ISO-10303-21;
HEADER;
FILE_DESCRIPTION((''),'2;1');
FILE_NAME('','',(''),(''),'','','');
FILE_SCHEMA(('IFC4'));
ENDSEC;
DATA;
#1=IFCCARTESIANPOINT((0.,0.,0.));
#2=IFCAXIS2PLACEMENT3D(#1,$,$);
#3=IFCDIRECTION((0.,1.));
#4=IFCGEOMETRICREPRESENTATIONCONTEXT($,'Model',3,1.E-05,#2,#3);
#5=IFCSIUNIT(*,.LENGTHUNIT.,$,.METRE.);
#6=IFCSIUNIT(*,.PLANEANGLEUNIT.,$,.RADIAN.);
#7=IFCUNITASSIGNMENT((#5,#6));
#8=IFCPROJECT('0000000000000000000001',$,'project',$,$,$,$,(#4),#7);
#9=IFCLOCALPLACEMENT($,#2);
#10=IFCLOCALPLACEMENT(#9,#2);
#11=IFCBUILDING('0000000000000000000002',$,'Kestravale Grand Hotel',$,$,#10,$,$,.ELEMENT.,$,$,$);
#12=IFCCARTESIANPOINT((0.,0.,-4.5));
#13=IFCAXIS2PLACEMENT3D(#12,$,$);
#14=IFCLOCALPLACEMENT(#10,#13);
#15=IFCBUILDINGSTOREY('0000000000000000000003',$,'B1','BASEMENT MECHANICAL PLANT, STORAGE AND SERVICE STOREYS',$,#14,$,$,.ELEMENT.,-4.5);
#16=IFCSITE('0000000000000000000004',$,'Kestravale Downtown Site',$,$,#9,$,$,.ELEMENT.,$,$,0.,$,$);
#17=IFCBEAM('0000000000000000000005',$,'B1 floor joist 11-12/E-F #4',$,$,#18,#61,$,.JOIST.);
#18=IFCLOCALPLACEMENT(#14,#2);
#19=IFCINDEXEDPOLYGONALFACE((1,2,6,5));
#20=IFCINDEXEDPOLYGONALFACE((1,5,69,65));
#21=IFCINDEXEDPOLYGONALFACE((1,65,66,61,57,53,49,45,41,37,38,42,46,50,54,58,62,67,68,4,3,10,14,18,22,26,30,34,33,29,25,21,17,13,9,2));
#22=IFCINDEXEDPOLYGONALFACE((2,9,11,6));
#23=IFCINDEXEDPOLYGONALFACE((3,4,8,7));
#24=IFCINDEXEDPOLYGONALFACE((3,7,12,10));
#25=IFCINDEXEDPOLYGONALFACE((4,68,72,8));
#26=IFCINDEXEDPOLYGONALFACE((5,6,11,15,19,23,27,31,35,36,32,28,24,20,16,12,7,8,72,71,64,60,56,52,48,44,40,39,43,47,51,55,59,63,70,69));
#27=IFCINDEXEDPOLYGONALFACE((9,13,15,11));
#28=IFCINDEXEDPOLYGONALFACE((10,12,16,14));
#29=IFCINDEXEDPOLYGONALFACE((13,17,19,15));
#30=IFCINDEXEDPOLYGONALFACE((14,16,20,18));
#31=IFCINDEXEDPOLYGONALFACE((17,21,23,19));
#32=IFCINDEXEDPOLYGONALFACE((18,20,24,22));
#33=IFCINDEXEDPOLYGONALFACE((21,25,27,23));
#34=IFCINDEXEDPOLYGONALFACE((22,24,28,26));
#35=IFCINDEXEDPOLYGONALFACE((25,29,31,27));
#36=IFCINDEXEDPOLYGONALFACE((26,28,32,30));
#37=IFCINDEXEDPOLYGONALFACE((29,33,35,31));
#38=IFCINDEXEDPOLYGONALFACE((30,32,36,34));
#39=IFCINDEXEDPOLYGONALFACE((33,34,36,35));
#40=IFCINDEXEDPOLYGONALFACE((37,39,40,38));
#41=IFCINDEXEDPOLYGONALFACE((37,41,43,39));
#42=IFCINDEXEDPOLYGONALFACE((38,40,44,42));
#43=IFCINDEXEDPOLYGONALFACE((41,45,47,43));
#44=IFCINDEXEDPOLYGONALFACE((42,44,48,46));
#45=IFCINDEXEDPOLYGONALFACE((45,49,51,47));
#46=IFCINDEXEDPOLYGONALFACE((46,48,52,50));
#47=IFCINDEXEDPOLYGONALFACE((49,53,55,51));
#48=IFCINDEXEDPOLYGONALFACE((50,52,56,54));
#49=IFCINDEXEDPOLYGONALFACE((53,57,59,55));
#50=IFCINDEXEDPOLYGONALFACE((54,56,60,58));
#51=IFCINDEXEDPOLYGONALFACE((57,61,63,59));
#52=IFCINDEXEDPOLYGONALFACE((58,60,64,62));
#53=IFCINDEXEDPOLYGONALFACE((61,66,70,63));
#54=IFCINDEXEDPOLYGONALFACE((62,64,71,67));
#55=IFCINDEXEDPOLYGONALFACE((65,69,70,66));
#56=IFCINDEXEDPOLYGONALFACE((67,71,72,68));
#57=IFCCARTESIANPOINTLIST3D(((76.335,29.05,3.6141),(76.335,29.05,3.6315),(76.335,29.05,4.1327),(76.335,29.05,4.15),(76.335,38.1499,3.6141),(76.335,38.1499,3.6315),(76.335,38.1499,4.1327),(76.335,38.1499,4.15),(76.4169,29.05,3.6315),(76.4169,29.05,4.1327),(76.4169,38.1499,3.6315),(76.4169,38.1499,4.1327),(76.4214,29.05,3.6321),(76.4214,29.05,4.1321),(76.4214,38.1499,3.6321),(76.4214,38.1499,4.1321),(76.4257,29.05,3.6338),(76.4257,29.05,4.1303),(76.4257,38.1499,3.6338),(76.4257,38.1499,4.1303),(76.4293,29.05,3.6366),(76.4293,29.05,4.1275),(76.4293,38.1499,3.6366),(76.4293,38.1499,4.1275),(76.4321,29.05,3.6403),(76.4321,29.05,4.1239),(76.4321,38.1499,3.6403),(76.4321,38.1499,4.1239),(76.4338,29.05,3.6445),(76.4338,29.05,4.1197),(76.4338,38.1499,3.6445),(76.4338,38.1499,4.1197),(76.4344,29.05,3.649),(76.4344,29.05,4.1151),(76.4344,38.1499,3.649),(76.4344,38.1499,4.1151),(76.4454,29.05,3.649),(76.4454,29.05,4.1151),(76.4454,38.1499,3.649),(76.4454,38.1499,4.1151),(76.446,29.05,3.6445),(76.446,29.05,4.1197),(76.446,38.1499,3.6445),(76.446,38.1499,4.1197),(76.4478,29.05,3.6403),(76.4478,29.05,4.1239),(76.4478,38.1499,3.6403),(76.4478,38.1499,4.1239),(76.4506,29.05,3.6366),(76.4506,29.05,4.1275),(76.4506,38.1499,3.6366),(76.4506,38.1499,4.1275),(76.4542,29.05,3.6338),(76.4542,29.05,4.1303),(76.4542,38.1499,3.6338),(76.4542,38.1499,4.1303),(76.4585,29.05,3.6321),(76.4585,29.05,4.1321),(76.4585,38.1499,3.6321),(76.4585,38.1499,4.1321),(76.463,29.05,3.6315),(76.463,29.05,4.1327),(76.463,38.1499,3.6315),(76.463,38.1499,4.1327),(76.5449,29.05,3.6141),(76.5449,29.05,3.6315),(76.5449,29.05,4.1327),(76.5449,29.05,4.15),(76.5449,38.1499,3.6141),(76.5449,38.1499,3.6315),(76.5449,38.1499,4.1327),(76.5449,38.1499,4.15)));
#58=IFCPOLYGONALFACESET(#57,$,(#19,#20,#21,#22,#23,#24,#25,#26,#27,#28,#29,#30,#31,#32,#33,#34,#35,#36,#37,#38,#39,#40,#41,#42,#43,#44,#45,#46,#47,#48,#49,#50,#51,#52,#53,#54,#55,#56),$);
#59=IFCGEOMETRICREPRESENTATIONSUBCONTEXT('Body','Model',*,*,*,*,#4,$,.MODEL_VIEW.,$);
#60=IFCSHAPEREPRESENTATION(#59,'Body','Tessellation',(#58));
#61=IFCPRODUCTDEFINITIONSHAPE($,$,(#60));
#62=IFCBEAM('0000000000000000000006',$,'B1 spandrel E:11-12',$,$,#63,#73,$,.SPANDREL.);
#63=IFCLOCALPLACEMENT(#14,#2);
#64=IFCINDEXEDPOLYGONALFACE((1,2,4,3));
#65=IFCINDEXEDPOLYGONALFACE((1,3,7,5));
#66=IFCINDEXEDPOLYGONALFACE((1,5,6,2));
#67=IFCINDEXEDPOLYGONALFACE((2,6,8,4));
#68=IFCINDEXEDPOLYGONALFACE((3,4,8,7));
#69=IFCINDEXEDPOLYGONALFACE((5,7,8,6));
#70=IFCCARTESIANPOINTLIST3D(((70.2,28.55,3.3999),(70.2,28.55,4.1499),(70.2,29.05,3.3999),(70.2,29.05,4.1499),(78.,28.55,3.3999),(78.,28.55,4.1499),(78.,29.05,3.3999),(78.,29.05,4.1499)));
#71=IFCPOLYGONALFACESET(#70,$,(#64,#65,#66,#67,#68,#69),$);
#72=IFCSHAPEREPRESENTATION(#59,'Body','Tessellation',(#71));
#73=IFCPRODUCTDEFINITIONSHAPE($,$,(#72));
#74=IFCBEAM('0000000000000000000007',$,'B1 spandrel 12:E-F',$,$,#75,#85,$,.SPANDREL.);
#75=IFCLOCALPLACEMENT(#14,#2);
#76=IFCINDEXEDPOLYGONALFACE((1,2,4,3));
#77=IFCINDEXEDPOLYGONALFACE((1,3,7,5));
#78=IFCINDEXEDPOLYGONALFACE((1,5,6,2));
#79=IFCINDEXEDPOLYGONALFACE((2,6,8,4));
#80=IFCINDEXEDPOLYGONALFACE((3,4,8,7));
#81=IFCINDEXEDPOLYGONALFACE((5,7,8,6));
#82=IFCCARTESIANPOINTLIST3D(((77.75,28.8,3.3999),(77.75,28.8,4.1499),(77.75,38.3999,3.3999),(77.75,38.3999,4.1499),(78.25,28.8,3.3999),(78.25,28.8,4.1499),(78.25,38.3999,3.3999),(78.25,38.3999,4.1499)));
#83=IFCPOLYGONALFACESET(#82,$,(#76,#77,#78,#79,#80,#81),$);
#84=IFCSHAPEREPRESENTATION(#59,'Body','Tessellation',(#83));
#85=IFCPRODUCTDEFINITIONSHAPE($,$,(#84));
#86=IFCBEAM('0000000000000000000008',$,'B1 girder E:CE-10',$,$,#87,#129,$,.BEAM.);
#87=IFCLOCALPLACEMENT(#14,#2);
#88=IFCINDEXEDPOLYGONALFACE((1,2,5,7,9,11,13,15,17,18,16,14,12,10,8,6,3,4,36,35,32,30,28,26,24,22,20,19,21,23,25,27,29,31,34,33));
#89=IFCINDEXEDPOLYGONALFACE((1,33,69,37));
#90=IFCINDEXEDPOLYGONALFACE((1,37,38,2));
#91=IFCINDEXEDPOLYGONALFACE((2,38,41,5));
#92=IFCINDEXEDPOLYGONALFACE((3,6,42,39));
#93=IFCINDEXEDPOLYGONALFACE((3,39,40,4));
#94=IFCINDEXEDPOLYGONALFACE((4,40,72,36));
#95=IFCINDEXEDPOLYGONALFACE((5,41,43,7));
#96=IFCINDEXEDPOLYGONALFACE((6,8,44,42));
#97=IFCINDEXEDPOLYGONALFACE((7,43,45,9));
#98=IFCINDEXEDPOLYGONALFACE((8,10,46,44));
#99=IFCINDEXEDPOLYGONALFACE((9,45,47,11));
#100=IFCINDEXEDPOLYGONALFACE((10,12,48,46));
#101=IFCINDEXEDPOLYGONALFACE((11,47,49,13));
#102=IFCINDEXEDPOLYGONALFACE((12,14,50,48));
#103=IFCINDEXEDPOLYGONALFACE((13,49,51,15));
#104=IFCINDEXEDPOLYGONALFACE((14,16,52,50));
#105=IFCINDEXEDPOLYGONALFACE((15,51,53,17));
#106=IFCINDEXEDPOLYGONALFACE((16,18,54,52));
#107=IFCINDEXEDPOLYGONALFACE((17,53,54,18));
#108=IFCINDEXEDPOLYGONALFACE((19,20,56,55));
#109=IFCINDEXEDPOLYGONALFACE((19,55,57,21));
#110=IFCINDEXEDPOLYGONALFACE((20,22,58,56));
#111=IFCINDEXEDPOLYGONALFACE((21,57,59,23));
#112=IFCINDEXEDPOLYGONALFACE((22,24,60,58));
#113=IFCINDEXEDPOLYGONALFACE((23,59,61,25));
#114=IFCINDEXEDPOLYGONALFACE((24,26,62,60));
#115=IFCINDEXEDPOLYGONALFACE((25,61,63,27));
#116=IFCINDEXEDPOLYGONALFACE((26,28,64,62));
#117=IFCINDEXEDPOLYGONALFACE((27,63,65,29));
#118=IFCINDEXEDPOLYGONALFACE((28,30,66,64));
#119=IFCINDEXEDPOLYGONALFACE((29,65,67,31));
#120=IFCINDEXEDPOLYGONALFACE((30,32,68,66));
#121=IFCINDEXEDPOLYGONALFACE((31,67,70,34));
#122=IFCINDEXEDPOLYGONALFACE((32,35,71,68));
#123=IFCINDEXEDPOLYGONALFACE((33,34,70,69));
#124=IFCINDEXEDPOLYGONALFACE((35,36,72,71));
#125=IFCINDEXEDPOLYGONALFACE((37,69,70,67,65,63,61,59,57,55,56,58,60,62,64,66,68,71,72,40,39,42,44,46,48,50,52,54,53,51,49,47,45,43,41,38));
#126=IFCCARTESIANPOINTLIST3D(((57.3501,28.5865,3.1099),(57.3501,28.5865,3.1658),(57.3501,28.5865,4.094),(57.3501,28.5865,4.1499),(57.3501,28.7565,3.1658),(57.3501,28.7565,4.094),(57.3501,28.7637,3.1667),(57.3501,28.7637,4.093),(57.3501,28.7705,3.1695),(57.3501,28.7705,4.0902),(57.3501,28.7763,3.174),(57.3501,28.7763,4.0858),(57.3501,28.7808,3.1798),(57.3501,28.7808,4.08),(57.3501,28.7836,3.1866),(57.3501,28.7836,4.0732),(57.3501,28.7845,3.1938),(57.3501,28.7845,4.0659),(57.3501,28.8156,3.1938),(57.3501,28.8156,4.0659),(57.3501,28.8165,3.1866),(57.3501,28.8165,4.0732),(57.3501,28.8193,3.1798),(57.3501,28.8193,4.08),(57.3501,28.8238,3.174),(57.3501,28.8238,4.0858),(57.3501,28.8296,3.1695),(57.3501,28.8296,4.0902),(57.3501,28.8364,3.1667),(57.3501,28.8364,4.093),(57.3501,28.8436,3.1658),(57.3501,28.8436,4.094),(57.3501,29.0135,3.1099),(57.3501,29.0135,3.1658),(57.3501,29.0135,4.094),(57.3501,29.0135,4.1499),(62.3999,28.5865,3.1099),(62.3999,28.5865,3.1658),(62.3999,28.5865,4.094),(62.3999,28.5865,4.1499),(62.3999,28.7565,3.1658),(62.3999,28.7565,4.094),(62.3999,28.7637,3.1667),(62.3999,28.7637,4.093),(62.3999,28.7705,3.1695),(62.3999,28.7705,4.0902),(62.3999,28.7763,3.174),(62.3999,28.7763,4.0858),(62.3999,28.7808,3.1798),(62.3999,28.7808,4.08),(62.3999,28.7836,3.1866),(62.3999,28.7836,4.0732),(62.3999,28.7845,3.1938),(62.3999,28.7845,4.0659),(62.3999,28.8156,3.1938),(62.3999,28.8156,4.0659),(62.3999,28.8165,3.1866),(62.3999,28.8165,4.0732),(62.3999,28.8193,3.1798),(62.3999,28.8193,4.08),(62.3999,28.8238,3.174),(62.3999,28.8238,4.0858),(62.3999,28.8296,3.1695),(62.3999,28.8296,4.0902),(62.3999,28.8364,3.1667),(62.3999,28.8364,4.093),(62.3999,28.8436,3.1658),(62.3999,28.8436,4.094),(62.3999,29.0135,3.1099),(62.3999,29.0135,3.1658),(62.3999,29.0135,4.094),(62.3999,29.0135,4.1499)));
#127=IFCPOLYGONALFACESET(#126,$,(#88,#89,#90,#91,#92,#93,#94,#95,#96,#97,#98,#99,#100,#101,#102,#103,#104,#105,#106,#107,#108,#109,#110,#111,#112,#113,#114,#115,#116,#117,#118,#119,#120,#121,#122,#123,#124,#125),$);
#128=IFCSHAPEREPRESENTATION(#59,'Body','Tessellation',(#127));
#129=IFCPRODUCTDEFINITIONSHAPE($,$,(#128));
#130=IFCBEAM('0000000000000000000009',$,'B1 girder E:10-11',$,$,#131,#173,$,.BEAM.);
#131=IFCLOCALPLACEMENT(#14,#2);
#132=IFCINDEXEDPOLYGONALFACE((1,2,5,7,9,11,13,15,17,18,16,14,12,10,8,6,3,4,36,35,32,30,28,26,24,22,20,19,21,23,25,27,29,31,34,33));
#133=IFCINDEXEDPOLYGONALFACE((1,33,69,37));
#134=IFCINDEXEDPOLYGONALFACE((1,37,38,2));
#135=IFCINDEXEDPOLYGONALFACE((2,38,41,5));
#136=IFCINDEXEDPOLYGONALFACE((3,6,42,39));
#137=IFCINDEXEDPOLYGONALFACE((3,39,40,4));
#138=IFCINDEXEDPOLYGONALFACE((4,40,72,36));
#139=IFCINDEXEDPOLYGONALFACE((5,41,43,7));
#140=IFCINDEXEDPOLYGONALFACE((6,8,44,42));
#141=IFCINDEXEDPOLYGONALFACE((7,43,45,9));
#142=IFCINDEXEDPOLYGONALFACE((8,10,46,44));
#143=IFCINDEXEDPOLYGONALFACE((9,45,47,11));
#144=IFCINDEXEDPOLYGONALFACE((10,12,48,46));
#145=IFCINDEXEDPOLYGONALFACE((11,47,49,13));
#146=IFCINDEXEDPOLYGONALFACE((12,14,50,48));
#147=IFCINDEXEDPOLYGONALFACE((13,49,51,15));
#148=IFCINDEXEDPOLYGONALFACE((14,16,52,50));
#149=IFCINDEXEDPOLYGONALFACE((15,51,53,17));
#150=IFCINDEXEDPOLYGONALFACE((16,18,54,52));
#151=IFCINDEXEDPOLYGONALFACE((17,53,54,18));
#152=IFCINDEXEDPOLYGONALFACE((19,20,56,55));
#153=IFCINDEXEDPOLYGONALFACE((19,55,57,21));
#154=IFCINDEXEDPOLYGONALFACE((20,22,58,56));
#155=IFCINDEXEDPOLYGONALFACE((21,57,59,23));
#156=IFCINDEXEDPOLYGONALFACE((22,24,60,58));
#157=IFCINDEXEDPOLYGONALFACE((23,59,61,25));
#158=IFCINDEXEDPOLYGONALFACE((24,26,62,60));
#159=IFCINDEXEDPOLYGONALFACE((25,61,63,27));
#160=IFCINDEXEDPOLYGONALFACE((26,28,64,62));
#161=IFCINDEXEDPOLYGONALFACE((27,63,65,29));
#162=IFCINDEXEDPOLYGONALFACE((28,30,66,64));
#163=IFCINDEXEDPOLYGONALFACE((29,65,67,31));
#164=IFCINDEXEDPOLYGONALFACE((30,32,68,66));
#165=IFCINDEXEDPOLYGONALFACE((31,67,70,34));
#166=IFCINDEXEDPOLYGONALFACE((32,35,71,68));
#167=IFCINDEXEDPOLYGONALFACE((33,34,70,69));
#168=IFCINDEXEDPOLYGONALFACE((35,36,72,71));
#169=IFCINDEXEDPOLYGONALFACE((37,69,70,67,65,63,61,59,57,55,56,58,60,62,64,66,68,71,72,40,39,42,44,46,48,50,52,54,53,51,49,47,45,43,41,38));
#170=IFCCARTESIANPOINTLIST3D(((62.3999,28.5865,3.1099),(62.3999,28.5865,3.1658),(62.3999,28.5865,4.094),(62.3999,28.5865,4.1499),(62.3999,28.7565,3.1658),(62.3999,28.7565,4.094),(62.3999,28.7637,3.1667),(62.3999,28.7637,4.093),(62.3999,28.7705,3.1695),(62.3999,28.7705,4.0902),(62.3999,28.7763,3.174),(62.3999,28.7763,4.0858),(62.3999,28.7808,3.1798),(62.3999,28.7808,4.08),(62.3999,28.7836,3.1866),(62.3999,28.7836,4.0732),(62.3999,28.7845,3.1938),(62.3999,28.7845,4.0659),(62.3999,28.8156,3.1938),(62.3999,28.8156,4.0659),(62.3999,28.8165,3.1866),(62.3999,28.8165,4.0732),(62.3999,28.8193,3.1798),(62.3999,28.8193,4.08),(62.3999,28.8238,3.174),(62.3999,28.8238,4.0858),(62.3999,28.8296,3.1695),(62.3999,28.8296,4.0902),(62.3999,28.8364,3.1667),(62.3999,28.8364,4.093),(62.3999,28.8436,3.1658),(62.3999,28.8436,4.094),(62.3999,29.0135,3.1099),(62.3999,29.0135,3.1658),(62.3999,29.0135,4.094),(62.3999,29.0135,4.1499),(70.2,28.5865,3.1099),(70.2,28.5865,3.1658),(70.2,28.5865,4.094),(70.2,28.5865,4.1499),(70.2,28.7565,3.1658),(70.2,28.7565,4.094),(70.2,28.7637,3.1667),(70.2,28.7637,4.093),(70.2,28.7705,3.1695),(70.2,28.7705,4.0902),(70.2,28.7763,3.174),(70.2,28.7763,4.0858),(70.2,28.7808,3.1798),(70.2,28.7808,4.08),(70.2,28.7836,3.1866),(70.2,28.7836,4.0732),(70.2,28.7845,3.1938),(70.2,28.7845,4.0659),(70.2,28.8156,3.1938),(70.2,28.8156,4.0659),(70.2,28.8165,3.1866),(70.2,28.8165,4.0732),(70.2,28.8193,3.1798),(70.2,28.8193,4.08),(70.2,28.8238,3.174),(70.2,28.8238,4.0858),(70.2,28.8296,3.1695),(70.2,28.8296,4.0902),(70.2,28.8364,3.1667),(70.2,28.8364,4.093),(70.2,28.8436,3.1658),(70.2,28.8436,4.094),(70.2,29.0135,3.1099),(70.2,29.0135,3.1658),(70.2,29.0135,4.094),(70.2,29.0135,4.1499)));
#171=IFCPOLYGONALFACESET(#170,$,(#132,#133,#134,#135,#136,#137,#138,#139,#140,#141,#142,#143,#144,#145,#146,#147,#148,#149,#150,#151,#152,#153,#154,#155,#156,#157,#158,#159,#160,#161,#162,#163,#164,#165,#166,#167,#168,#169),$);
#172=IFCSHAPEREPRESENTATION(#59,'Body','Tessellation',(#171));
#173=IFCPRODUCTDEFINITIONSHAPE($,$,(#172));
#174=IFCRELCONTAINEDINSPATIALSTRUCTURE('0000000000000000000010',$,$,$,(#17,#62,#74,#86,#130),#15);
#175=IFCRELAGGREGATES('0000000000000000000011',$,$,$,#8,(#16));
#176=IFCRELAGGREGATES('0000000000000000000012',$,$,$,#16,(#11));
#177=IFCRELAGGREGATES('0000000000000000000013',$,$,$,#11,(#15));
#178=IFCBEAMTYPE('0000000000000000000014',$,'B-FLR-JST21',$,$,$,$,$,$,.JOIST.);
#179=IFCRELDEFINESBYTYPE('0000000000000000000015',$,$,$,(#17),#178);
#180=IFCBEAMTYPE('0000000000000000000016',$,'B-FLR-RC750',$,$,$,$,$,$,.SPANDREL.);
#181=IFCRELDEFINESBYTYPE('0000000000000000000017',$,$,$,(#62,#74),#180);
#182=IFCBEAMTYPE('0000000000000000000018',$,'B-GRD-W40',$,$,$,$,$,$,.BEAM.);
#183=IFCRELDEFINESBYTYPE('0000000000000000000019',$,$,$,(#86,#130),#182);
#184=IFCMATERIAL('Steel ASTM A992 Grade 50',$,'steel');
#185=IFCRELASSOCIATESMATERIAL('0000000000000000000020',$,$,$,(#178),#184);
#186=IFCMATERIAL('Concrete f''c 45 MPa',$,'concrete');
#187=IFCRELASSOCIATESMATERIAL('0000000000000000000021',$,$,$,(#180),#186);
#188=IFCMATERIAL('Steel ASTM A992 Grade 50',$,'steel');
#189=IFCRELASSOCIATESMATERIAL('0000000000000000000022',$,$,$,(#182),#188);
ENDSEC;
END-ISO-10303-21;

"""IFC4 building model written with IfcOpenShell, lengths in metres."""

from ifc_helpers import new_model, si_unit, direction, frame, origin, origin_2d, place, context, subcontext, project, spatial, rectangle, i_section, extrude, material, material_profile, profile_set, type_object, element, save


model = new_model("IFC4")

# Units and contexts
model_context = context("Model", 3, precision=1e-05, world=origin(), true_north=direction((0.0, 1.0)))
body_context = subcontext(model_context, "Body", "Model", "MODEL_VIEW")
ifc_project = project(units=[si_unit("LENGTHUNIT", "METRE"), si_unit("PLANEANGLEUNIT", "RADIAN")], contexts=[model_context])

# Site, building, storey
site_placement = place(None, origin())
site = spatial("IfcSite", under=ifc_project, at=site_placement, Name="Kestravale Downtown Site", CompositionType="ELEMENT", RefElevation=0.0)
building_placement = place(site_placement, origin())
building = spatial("IfcBuilding", under=site, at=building_placement, Name="Kestravale Grand Hotel", CompositionType="ELEMENT")
storey_placement = place(building_placement, frame((0.0, 0.0, -4.5)))
storey = spatial("IfcBuildingStorey", under=building, at=storey_placement, Name="B1", Description="BASEMENT MECHANICAL PLANT, STORAGE AND SERVICE STOREYS", CompositionType="ELEMENT", Elevation=-4.5)

# Beams
ifc_material_1 = material(Name="Steel ASTM A992 Grade 50", Category="steel")
ifc_material_profile_1 = material_profile(ifc_material_1, i_section(OverallWidth=0.21, OverallDepth=0.5359, WebThickness=0.011, FlangeThickness=0.0173, FilletRadius=0.0176, at=origin_2d()))
ifc_profile_set_1 = profile_set([ifc_material_profile_1], Name="Steel ASTM A992 Grade 50")
beam_type_1 = type_object("IfcBeamType", Name="B-FLR-JST21", PredefinedType="JOIST", material=ifc_profile_set_1)
for number, where, z_axis, x_axis, name in (
    (1, (76.4399, 29.05, 3.8821), (0.0, 1.0, 0.0), (-1.0, 0.0, 0.0), "B1 floor joist 11-12/E-F #4"),
):
    element("IfcBeam", number, at=place(storey_placement, frame(where, z_axis=z_axis, x_axis=x_axis)), inside=storey, type_object=beam_type_1, Name=name, PredefinedType="JOIST", context=body_context, shape_type="SweptSolid", body=[
        extrude(i_section(OverallWidth=0.21, OverallDepth=0.5359, WebThickness=0.011, FlangeThickness=0.0173, FilletRadius=0.0176, at=origin_2d()), origin(), (0.0, 0.0, 1.0), 9.0999),
    ])
ifc_material_2 = material(Name="Concrete f'c 45 MPa", Category="concrete")
ifc_material_profile_2 = material_profile(ifc_material_2, rectangle(XDim=0.5, YDim=0.75, at=origin_2d()))
ifc_profile_set_2 = profile_set([ifc_material_profile_2], Name="Concrete f'c 45 MPa")
beam_type_2 = type_object("IfcBeamType", Name="B-FLR-RC750", PredefinedType="SPANDREL", material=ifc_profile_set_2)
beam_1_placement = place(storey_placement, frame((70.2, 28.8, 3.7749), z_axis=(1.0, 0.0, 0.0), x_axis=(0.0, 1.0, 0.0)))
element("IfcBeam", 2, at=beam_1_placement, inside=storey, type_object=beam_type_2, Name="B1 spandrel E:11-12", PredefinedType="SPANDREL", context=body_context, shape_type="SweptSolid", body=[
    extrude(rectangle(XDim=0.5, YDim=0.75, at=origin_2d()), origin(), (0.0, 0.0, 1.0), 7.8),
])
beam_2_placement = place(storey_placement, frame((78.0, 28.8, 3.7749), z_axis=(0.0, 1.0, 0.0), x_axis=(-1.0, 0.0, 0.0)))
element("IfcBeam", 3, at=beam_2_placement, inside=storey, type_object=beam_type_2, Name="B1 spandrel 12:E-F", PredefinedType="SPANDREL", context=body_context, shape_type="SweptSolid", body=[
    extrude(rectangle(XDim=0.5, YDim=0.75, at=origin_2d()), origin(), (0.0, 0.0, 1.0), 9.5999),
])
ifc_material_3 = material(Name="Steel ASTM A992 Grade 50", Category="steel")
ifc_material_profile_3 = material_profile(ifc_material_3, i_section(OverallWidth=0.427, OverallDepth=1.04, WebThickness=0.031, FlangeThickness=0.0559, FilletRadius=0.0281, at=origin_2d()))
ifc_profile_set_3 = profile_set([ifc_material_profile_3], Name="Steel ASTM A992 Grade 50")
beam_type_3 = type_object("IfcBeamType", Name="B-GRD-W40", PredefinedType="BEAM", material=ifc_profile_set_3)
beam_3_placement = place(storey_placement, frame((57.3501, 28.8, 3.6299), z_axis=(1.0, 0.0, 0.0), x_axis=(0.0, 1.0, 0.0)))
element("IfcBeam", 4, at=beam_3_placement, inside=storey, type_object=beam_type_3, Name="B1 girder E:CE-10", PredefinedType="BEAM", context=body_context, shape_type="SweptSolid", body=[
    extrude(i_section(OverallWidth=0.427, OverallDepth=1.04, WebThickness=0.031, FlangeThickness=0.0559, FilletRadius=0.0281, at=origin_2d()), origin(), (0.0, 0.0, 1.0), 5.0498),
])
beam_4_placement = place(storey_placement, frame((62.3999, 28.8, 3.6299), z_axis=(1.0, 0.0, 0.0), x_axis=(0.0, 1.0, 0.0)))
element("IfcBeam", 5, at=beam_4_placement, inside=storey, type_object=beam_type_3, Name="B1 girder E:10-11", PredefinedType="BEAM", context=body_context, shape_type="SweptSolid", body=[
    extrude(i_section(OverallWidth=0.427, OverallDepth=1.04, WebThickness=0.031, FlangeThickness=0.0559, FilletRadius=0.0281, at=origin_2d()), origin(), (0.0, 0.0, 1.0), 7.8),
])

save(model, "model.ifc")
